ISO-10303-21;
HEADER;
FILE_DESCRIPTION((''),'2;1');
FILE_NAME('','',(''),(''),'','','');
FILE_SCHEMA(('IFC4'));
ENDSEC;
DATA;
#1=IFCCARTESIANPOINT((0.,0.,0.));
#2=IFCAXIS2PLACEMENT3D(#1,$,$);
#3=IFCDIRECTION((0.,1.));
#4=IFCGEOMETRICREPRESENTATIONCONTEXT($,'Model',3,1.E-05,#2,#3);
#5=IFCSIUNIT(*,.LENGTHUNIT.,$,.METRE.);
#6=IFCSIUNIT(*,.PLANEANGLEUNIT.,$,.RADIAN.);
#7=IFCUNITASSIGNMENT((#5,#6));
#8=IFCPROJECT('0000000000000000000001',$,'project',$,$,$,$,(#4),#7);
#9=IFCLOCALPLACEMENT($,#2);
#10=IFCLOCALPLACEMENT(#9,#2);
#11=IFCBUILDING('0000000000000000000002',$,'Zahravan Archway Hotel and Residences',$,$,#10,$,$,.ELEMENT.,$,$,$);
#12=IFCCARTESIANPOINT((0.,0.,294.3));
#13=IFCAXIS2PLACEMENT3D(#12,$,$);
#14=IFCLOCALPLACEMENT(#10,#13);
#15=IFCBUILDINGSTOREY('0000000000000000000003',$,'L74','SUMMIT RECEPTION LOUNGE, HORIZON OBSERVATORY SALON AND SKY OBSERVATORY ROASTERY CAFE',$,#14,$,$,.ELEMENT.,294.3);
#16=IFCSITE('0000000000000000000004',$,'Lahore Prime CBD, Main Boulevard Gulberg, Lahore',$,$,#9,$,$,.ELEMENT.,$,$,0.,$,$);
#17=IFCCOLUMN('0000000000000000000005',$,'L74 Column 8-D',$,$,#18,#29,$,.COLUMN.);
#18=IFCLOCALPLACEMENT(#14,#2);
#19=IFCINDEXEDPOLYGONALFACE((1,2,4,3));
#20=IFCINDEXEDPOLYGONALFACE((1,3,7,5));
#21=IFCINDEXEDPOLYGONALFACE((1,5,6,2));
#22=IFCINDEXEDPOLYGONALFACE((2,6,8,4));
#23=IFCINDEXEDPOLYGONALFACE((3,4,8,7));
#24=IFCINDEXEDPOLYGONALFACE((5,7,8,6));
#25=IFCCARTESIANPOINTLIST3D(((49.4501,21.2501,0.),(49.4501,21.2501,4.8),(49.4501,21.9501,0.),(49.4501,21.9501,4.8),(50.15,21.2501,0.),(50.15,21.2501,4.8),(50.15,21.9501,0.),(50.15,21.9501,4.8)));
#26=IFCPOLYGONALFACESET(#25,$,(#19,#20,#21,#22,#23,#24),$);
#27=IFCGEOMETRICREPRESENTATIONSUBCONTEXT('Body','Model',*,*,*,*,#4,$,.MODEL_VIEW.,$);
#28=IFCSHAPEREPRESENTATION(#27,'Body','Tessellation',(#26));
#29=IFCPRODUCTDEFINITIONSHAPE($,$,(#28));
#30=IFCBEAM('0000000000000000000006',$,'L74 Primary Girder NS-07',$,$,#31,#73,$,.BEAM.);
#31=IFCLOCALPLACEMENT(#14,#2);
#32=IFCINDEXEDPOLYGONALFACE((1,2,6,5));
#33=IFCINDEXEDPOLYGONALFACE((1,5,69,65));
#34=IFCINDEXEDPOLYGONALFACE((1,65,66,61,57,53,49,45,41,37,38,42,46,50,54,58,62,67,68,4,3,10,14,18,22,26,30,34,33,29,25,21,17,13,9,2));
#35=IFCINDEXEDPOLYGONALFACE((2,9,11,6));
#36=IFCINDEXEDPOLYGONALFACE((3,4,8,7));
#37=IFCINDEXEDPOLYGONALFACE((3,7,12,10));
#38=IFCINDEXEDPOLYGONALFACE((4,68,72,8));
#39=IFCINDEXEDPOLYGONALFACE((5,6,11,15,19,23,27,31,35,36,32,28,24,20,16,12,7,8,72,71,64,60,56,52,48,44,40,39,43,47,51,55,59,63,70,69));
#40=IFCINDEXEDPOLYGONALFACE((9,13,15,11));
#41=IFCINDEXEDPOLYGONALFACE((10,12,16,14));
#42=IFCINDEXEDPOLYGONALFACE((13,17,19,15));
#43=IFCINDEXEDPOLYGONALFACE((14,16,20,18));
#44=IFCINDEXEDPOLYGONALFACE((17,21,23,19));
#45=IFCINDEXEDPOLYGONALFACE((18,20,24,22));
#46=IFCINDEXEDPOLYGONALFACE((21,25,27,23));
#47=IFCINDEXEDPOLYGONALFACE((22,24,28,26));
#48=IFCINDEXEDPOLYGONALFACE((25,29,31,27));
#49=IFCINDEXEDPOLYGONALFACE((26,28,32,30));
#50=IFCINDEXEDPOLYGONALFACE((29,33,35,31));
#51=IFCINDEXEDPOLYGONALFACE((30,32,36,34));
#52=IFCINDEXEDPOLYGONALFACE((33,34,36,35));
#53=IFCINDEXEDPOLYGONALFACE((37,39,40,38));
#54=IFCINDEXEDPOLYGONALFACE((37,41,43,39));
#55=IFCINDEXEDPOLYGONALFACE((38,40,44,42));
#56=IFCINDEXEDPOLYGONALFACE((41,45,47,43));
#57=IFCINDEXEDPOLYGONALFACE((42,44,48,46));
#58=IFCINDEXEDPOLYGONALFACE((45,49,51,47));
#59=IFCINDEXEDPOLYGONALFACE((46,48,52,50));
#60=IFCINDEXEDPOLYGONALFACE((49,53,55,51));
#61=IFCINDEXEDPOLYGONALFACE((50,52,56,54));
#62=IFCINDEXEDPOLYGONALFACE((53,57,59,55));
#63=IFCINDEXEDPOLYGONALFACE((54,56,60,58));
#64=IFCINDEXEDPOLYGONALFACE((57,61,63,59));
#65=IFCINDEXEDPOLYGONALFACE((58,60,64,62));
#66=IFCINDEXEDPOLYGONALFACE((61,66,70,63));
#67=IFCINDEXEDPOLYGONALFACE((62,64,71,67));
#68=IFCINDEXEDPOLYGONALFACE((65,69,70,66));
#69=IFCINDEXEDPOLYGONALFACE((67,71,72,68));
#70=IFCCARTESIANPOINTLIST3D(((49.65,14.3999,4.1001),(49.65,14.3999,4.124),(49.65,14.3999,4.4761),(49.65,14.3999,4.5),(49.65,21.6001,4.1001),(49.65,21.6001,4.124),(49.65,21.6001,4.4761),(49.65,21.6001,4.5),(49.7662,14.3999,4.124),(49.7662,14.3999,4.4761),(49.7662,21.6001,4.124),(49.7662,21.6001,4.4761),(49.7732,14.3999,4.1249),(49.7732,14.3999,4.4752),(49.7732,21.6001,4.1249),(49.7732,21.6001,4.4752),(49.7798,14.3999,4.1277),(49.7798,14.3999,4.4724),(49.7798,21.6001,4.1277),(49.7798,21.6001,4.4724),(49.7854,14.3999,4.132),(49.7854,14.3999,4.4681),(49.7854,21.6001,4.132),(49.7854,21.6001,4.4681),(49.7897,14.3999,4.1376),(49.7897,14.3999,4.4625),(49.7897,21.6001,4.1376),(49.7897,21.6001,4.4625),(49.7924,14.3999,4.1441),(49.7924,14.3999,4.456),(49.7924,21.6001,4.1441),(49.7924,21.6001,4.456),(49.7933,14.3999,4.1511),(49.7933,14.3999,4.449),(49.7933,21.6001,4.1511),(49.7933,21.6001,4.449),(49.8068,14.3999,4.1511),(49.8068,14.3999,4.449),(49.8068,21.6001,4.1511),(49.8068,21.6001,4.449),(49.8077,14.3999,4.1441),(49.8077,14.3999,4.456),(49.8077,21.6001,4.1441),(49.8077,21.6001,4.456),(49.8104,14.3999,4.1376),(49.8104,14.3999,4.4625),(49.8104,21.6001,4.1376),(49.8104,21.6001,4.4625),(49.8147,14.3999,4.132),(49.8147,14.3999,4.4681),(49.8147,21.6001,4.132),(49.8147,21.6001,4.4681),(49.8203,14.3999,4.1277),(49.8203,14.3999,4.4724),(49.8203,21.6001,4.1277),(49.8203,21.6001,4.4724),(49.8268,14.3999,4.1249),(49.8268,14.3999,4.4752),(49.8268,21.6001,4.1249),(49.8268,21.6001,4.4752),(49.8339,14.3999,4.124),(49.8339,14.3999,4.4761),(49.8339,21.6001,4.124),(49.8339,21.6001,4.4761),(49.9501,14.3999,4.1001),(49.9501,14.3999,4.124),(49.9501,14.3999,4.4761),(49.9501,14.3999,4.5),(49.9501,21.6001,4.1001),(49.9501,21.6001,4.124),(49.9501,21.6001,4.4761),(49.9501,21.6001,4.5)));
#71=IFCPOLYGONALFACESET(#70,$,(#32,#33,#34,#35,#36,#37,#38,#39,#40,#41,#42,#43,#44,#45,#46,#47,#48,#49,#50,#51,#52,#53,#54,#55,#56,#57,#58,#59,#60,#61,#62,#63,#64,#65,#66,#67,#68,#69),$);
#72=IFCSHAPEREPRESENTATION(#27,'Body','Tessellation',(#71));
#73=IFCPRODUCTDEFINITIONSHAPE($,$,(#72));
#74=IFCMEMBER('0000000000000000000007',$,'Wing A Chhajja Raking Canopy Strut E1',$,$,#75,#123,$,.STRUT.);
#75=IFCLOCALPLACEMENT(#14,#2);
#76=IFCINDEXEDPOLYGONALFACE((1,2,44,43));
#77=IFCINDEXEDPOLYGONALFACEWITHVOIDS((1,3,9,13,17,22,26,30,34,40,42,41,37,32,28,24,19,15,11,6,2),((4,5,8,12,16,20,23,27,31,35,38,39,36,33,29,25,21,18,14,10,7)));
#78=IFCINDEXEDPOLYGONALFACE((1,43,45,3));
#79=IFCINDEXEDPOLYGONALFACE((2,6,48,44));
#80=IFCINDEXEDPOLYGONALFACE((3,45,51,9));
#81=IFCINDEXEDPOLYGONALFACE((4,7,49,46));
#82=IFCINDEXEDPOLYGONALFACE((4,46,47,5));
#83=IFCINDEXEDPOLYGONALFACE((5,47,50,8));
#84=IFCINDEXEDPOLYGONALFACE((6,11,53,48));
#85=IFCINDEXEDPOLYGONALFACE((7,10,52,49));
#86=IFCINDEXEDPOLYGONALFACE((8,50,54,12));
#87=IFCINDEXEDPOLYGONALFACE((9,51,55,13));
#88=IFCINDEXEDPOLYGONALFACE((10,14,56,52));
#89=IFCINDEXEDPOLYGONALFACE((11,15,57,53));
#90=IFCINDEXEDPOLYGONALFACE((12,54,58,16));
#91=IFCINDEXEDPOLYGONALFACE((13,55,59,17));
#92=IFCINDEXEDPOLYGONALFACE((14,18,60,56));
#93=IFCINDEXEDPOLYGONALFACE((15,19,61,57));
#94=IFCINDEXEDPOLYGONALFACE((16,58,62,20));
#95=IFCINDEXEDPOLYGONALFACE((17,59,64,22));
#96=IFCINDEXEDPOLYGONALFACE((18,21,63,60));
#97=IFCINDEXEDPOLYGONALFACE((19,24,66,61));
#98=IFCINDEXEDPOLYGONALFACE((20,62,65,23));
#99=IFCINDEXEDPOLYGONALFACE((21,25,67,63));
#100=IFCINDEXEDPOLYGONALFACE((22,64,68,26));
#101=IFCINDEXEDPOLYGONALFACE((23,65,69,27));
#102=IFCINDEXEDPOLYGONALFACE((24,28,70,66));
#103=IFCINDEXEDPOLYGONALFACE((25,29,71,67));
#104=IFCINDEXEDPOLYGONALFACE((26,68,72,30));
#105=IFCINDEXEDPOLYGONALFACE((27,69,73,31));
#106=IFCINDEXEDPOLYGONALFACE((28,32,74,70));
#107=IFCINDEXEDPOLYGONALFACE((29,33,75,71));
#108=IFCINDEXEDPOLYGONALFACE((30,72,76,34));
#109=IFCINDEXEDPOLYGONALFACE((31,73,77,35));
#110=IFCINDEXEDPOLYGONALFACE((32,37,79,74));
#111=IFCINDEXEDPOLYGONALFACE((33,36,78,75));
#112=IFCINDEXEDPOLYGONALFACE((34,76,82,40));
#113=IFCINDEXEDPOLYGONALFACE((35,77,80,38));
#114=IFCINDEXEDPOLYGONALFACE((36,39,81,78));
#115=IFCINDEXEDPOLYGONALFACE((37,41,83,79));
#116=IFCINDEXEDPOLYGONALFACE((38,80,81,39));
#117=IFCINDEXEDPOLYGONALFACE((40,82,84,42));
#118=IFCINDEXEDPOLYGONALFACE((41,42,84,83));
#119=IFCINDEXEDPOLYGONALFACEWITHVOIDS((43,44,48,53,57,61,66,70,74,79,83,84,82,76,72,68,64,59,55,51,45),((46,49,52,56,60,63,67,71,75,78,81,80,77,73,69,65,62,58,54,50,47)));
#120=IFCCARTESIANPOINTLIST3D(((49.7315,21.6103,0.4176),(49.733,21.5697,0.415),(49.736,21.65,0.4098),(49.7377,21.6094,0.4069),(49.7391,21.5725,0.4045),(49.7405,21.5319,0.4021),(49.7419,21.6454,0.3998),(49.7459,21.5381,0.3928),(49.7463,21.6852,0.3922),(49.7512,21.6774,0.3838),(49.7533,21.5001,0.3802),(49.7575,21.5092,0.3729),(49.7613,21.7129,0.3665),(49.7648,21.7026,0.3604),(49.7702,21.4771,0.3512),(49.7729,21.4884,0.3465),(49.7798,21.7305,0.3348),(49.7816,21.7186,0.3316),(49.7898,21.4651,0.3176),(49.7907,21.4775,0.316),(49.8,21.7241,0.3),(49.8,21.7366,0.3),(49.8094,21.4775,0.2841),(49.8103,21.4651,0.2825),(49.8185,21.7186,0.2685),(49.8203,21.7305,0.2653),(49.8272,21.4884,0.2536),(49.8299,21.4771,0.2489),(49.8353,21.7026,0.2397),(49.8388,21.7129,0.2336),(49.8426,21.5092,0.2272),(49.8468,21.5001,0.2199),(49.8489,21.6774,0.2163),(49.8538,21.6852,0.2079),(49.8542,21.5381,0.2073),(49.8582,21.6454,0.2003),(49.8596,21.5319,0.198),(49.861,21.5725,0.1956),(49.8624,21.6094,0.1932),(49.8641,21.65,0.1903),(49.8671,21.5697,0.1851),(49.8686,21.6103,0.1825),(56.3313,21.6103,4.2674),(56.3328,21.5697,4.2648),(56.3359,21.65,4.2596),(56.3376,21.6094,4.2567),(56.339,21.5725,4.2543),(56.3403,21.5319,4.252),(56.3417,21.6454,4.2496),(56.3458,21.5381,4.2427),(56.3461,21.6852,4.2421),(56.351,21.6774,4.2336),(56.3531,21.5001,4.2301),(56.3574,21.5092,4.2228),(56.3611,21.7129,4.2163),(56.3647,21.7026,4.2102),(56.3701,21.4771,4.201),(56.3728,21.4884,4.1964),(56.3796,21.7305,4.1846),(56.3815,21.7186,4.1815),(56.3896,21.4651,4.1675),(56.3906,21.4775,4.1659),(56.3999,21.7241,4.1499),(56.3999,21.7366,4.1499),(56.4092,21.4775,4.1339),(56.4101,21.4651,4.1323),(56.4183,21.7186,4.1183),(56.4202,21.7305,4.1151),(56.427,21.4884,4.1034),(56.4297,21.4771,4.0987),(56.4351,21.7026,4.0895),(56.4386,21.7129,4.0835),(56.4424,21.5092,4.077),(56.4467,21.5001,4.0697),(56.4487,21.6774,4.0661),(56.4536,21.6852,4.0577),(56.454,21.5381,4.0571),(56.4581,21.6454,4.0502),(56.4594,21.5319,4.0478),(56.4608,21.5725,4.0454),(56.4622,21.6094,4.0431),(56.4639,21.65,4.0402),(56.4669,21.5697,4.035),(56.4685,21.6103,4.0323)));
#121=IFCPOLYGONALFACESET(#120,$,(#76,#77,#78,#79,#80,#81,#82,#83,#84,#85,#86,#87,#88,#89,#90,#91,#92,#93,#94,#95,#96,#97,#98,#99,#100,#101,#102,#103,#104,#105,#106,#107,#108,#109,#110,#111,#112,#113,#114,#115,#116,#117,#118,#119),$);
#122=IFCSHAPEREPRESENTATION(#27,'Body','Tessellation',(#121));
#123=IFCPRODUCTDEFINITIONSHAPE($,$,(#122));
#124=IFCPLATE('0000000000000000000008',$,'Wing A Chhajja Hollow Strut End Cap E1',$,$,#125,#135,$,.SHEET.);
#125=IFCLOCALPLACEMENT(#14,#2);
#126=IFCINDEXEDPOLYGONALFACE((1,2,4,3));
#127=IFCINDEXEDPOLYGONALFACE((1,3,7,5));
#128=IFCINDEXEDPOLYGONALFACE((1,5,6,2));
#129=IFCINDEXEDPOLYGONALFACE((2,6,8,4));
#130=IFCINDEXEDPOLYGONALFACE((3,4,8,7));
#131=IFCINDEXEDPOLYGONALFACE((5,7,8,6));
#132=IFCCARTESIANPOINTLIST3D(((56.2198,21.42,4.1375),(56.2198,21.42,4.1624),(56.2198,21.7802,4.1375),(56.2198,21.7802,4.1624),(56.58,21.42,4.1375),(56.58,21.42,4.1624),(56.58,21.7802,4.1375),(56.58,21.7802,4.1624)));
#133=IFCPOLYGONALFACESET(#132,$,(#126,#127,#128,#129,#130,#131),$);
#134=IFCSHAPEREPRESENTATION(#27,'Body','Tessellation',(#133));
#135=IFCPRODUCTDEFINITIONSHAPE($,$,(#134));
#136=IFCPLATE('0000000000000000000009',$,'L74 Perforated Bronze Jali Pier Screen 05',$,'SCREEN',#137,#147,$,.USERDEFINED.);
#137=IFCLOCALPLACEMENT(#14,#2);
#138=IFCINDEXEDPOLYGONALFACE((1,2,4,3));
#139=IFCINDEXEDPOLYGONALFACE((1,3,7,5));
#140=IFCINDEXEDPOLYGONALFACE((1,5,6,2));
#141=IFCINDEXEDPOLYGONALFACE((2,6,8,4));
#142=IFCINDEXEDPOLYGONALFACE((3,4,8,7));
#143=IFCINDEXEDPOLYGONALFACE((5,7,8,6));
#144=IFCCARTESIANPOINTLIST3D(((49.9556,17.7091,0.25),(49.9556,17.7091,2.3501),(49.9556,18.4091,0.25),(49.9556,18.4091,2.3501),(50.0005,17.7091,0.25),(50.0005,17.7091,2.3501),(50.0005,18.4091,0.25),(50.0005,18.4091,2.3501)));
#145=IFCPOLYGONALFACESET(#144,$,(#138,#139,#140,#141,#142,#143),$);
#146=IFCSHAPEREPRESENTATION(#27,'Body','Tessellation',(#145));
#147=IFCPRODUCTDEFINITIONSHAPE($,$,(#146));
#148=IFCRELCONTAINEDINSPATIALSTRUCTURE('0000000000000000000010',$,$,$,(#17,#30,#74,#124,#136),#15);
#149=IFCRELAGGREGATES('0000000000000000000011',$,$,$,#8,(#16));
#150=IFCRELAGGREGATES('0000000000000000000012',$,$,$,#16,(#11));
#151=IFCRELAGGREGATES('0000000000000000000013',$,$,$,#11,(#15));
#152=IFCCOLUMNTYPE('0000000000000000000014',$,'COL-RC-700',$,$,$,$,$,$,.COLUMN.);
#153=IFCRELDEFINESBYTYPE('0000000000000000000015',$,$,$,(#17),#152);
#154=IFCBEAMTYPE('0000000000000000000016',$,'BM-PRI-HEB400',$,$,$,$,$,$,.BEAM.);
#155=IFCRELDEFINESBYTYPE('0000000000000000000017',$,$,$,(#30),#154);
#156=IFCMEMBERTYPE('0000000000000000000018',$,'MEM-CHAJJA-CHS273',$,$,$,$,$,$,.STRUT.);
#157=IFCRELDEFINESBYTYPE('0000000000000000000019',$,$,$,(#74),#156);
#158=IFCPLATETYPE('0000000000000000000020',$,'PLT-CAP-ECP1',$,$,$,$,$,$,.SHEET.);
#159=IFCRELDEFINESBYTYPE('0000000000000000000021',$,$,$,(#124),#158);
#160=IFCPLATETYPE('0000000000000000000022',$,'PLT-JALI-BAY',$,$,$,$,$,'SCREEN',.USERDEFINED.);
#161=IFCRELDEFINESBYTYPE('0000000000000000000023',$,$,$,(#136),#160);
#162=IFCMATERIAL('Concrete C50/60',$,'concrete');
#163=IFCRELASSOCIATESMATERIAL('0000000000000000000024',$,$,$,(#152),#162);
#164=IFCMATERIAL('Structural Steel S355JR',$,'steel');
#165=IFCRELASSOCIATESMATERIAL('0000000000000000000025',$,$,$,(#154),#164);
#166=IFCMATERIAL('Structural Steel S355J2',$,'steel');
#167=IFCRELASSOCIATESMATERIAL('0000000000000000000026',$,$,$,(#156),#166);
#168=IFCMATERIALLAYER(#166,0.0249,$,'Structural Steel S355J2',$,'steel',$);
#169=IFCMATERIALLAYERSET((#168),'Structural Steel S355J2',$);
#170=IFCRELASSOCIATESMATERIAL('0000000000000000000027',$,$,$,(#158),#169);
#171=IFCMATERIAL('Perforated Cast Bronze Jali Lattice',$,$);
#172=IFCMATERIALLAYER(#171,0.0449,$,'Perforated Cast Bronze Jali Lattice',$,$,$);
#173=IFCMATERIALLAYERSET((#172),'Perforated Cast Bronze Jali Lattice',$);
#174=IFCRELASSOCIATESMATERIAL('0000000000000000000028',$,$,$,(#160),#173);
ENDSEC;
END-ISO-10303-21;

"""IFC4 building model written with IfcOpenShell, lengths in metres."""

from ifc_helpers import new_model, si_unit, direction, frame, origin, origin_2d, place, context, subcontext, project, spatial, rectangle, hollow_circle, i_section, extrude, source, transform, mapped, material, layer, layer_set, material_profile, profile_set, type_object, type_shapes, element, save


model = new_model("IFC4")

# Units and contexts
model_context = context("Model", 3, precision=1e-05, world=origin(), true_north=direction((0.0, 1.0)))
body_context = subcontext(model_context, "Body", "Model", "MODEL_VIEW")
ifc_project = project(units=[si_unit("LENGTHUNIT", "METRE"), si_unit("PLANEANGLEUNIT", "RADIAN")], contexts=[model_context])

# Site, building, storey
site_placement = place(None, origin())
site = spatial("IfcSite", under=ifc_project, at=site_placement, Name="Lahore Prime CBD, Main Boulevard Gulberg, Lahore", CompositionType="ELEMENT", RefElevation=0.0)
building_placement = place(site_placement, origin())
building = spatial("IfcBuilding", under=site, at=building_placement, Name="Zahravan Archway Hotel and Residences", CompositionType="ELEMENT")
storey_placement = place(building_placement, frame((0.0, 0.0, 294.3)))
storey = spatial("IfcBuildingStorey", under=building, at=storey_placement, Name="L74", Description="SUMMIT RECEPTION LOUNGE, HORIZON OBSERVATORY SALON AND SKY OBSERVATORY ROASTERY CAFE", CompositionType="ELEMENT", Elevation=294.3)

# Column
ifc_material_1 = material(Name="Concrete C50/60", Category="concrete")
ifc_material_profile_1 = material_profile(ifc_material_1, rectangle(XDim=0.7, YDim=0.7, at=origin_2d()), Name="RC-COL-700x700", Category="concrete")
ifc_profile_set_1 = profile_set([ifc_material_profile_1], Name="Concrete C50/60")
column_type = type_object("IfcColumnType", Name="COL-RC-700", PredefinedType="COLUMN", material=ifc_profile_set_1)
shared_shape_1 = source(origin(), body_context, "Body", "SweptSolid", [
    extrude(rectangle(XDim=0.7, YDim=0.7, at=origin_2d()), origin(), (0.0, 0.0, 1.0), 4.8),
])
column_placement = place(storey_placement, frame((49.8, 21.6001, 0.0), z_axis=(0.0, 0.0, 1.0), x_axis=(1.0, 0.0, 0.0)))
element("IfcColumn", 1, at=column_placement, inside=storey, type_object=column_type, Name="L74 Column 8-D", PredefinedType="COLUMN", context=body_context, shape_type="MappedRepresentation", body=[
    mapped(shared_shape_1, transform((0.0, 0.0, 0.0), scale=1.0)),
])

# Beam
ifc_material_2 = material(Name="Structural Steel S355JR", Category="steel")
ifc_material_profile_2 = material_profile(ifc_material_2, i_section(OverallWidth=0.3, OverallDepth=0.3999, WebThickness=0.0134, FlangeThickness=0.0239, FilletRadius=0.0271, at=origin_2d()), Name="HEB 400", Category="steel")
ifc_profile_set_2 = profile_set([ifc_material_profile_2], Name="Structural Steel S355JR")
beam_type = type_object("IfcBeamType", Name="BM-PRI-HEB400", PredefinedType="BEAM", material=ifc_profile_set_2)
shared_shape_2 = source(origin(), body_context, "Body", "SweptSolid", [
    extrude(i_section(OverallWidth=0.3, OverallDepth=0.3999, WebThickness=0.0134, FlangeThickness=0.0239, FilletRadius=0.0271, at=origin_2d()), origin(), (0.0, 0.0, 1.0), 7.2002),
])
beam_placement = place(storey_placement, frame((49.8, 14.3999, 4.3), z_axis=(0.0, 1.0, 0.0), x_axis=(-1.0, 0.0, 0.0)))
element("IfcBeam", 2, at=beam_placement, inside=storey, type_object=beam_type, Name="L74 Primary Girder NS-07", PredefinedType="BEAM", context=body_context, shape_type="MappedRepresentation", body=[
    mapped(shared_shape_2, transform((0.0, 0.0, 0.0), scale=1.0)),
])

# Member
ifc_material_3 = material(Name="Structural Steel S355J2", Category="steel")
ifc_material_profile_3 = material_profile(ifc_material_3, hollow_circle(Radius=0.1365, WallThickness=0.0125, at=origin_2d()), Name="CHS 273x12.5", Category="steel")
ifc_profile_set_3 = profile_set([ifc_material_profile_3], Name="Structural Steel S355J2")
member_type = type_object("IfcMemberType", Name="MEM-CHAJJA-CHS273", PredefinedType="STRUT", material=ifc_profile_set_3)
shared_shape_3 = source(origin(), body_context, "Body", "SweptSolid", [
    extrude(hollow_circle(Radius=0.1365, WallThickness=0.0125, at=origin_2d()), origin(), (0.0, 0.0, 1.0), 7.6406),
])
member_placement = place(storey_placement, frame((49.8, 21.6001, 0.3), z_axis=(0.863782, 0.0, 0.503865), x_axis=(0.0, 1.0, 0.0)))
element("IfcMember", 3, at=member_placement, inside=storey, type_object=member_type, Name="Wing A Chhajja Raking Canopy Strut E1", PredefinedType="STRUT", context=body_context, shape_type="MappedRepresentation", body=[
    mapped(shared_shape_3, transform((0.0, 0.0, 0.0), scale=1.0)),
])

# Plates
ifc_layer_1 = layer(ifc_material_3, 0.0249, Name="Structural Steel S355J2", Category="steel")
ifc_layer_set_1 = layer_set([ifc_layer_1], Name="Structural Steel S355J2")
plate_type_1 = type_object("IfcPlateType", Name="PLT-CAP-ECP1", PredefinedType="SHEET", material=ifc_layer_set_1)
shared_shape_4 = source(origin(), body_context, "Body", "SweptSolid", [
    extrude(rectangle(XDim=0.3601, YDim=0.3601, at=origin_2d()), origin(), (0.0, 0.0, 1.0), 0.0249),
])
type_shapes(plate_type_1, [shared_shape_4])
plate_1_placement = place(storey_placement, frame((56.3999, 21.6001, 4.1375), z_axis=(0.0, 0.0, 1.0), x_axis=(1.0, 0.0, 0.0)))
element("IfcPlate", 4, at=plate_1_placement, inside=storey, type_object=plate_type_1, Name="Wing A Chhajja Hollow Strut End Cap E1", PredefinedType="SHEET", context=body_context, shape_type="MappedRepresentation", body=[
    mapped(shared_shape_4, transform((0.0, 0.0, 0.0), scale=1.0)),
])
ifc_material_4 = material(Name="Perforated Cast Bronze Jali Lattice")
ifc_layer_2 = layer(ifc_material_4, 0.0449, Name="Perforated Cast Bronze Jali Lattice")
ifc_layer_set_2 = layer_set([ifc_layer_2], Name="Perforated Cast Bronze Jali Lattice")
plate_type_2 = type_object("IfcPlateType", Name="PLT-JALI-BAY", ElementType="SCREEN", PredefinedType="USERDEFINED", material=ifc_layer_set_2)
shared_shape_5 = source(origin(), body_context, "Body", "SweptSolid", [
    extrude(rectangle(XDim=0.7, YDim=0.0449, at=origin_2d()), origin(), (0.0, 0.0, 1.0), 2.1001),
])
type_shapes(plate_type_2, [shared_shape_5])
plate_2_placement = place(storey_placement, frame((49.978, 18.0591, 0.25), z_axis=(0.0, 0.0, 1.0), x_axis=(0.0, 1.0, 0.0)))
element("IfcPlate", 5, at=plate_2_placement, inside=storey, type_object=plate_type_2, Name="L74 Perforated Bronze Jali Pier Screen 05", ObjectType="SCREEN", PredefinedType="USERDEFINED", context=body_context, shape_type="MappedRepresentation", body=[
    mapped(shared_shape_5, transform((0.0, 0.0, 0.0), scale=1.0)),
])

save(model, "model.ifc")
